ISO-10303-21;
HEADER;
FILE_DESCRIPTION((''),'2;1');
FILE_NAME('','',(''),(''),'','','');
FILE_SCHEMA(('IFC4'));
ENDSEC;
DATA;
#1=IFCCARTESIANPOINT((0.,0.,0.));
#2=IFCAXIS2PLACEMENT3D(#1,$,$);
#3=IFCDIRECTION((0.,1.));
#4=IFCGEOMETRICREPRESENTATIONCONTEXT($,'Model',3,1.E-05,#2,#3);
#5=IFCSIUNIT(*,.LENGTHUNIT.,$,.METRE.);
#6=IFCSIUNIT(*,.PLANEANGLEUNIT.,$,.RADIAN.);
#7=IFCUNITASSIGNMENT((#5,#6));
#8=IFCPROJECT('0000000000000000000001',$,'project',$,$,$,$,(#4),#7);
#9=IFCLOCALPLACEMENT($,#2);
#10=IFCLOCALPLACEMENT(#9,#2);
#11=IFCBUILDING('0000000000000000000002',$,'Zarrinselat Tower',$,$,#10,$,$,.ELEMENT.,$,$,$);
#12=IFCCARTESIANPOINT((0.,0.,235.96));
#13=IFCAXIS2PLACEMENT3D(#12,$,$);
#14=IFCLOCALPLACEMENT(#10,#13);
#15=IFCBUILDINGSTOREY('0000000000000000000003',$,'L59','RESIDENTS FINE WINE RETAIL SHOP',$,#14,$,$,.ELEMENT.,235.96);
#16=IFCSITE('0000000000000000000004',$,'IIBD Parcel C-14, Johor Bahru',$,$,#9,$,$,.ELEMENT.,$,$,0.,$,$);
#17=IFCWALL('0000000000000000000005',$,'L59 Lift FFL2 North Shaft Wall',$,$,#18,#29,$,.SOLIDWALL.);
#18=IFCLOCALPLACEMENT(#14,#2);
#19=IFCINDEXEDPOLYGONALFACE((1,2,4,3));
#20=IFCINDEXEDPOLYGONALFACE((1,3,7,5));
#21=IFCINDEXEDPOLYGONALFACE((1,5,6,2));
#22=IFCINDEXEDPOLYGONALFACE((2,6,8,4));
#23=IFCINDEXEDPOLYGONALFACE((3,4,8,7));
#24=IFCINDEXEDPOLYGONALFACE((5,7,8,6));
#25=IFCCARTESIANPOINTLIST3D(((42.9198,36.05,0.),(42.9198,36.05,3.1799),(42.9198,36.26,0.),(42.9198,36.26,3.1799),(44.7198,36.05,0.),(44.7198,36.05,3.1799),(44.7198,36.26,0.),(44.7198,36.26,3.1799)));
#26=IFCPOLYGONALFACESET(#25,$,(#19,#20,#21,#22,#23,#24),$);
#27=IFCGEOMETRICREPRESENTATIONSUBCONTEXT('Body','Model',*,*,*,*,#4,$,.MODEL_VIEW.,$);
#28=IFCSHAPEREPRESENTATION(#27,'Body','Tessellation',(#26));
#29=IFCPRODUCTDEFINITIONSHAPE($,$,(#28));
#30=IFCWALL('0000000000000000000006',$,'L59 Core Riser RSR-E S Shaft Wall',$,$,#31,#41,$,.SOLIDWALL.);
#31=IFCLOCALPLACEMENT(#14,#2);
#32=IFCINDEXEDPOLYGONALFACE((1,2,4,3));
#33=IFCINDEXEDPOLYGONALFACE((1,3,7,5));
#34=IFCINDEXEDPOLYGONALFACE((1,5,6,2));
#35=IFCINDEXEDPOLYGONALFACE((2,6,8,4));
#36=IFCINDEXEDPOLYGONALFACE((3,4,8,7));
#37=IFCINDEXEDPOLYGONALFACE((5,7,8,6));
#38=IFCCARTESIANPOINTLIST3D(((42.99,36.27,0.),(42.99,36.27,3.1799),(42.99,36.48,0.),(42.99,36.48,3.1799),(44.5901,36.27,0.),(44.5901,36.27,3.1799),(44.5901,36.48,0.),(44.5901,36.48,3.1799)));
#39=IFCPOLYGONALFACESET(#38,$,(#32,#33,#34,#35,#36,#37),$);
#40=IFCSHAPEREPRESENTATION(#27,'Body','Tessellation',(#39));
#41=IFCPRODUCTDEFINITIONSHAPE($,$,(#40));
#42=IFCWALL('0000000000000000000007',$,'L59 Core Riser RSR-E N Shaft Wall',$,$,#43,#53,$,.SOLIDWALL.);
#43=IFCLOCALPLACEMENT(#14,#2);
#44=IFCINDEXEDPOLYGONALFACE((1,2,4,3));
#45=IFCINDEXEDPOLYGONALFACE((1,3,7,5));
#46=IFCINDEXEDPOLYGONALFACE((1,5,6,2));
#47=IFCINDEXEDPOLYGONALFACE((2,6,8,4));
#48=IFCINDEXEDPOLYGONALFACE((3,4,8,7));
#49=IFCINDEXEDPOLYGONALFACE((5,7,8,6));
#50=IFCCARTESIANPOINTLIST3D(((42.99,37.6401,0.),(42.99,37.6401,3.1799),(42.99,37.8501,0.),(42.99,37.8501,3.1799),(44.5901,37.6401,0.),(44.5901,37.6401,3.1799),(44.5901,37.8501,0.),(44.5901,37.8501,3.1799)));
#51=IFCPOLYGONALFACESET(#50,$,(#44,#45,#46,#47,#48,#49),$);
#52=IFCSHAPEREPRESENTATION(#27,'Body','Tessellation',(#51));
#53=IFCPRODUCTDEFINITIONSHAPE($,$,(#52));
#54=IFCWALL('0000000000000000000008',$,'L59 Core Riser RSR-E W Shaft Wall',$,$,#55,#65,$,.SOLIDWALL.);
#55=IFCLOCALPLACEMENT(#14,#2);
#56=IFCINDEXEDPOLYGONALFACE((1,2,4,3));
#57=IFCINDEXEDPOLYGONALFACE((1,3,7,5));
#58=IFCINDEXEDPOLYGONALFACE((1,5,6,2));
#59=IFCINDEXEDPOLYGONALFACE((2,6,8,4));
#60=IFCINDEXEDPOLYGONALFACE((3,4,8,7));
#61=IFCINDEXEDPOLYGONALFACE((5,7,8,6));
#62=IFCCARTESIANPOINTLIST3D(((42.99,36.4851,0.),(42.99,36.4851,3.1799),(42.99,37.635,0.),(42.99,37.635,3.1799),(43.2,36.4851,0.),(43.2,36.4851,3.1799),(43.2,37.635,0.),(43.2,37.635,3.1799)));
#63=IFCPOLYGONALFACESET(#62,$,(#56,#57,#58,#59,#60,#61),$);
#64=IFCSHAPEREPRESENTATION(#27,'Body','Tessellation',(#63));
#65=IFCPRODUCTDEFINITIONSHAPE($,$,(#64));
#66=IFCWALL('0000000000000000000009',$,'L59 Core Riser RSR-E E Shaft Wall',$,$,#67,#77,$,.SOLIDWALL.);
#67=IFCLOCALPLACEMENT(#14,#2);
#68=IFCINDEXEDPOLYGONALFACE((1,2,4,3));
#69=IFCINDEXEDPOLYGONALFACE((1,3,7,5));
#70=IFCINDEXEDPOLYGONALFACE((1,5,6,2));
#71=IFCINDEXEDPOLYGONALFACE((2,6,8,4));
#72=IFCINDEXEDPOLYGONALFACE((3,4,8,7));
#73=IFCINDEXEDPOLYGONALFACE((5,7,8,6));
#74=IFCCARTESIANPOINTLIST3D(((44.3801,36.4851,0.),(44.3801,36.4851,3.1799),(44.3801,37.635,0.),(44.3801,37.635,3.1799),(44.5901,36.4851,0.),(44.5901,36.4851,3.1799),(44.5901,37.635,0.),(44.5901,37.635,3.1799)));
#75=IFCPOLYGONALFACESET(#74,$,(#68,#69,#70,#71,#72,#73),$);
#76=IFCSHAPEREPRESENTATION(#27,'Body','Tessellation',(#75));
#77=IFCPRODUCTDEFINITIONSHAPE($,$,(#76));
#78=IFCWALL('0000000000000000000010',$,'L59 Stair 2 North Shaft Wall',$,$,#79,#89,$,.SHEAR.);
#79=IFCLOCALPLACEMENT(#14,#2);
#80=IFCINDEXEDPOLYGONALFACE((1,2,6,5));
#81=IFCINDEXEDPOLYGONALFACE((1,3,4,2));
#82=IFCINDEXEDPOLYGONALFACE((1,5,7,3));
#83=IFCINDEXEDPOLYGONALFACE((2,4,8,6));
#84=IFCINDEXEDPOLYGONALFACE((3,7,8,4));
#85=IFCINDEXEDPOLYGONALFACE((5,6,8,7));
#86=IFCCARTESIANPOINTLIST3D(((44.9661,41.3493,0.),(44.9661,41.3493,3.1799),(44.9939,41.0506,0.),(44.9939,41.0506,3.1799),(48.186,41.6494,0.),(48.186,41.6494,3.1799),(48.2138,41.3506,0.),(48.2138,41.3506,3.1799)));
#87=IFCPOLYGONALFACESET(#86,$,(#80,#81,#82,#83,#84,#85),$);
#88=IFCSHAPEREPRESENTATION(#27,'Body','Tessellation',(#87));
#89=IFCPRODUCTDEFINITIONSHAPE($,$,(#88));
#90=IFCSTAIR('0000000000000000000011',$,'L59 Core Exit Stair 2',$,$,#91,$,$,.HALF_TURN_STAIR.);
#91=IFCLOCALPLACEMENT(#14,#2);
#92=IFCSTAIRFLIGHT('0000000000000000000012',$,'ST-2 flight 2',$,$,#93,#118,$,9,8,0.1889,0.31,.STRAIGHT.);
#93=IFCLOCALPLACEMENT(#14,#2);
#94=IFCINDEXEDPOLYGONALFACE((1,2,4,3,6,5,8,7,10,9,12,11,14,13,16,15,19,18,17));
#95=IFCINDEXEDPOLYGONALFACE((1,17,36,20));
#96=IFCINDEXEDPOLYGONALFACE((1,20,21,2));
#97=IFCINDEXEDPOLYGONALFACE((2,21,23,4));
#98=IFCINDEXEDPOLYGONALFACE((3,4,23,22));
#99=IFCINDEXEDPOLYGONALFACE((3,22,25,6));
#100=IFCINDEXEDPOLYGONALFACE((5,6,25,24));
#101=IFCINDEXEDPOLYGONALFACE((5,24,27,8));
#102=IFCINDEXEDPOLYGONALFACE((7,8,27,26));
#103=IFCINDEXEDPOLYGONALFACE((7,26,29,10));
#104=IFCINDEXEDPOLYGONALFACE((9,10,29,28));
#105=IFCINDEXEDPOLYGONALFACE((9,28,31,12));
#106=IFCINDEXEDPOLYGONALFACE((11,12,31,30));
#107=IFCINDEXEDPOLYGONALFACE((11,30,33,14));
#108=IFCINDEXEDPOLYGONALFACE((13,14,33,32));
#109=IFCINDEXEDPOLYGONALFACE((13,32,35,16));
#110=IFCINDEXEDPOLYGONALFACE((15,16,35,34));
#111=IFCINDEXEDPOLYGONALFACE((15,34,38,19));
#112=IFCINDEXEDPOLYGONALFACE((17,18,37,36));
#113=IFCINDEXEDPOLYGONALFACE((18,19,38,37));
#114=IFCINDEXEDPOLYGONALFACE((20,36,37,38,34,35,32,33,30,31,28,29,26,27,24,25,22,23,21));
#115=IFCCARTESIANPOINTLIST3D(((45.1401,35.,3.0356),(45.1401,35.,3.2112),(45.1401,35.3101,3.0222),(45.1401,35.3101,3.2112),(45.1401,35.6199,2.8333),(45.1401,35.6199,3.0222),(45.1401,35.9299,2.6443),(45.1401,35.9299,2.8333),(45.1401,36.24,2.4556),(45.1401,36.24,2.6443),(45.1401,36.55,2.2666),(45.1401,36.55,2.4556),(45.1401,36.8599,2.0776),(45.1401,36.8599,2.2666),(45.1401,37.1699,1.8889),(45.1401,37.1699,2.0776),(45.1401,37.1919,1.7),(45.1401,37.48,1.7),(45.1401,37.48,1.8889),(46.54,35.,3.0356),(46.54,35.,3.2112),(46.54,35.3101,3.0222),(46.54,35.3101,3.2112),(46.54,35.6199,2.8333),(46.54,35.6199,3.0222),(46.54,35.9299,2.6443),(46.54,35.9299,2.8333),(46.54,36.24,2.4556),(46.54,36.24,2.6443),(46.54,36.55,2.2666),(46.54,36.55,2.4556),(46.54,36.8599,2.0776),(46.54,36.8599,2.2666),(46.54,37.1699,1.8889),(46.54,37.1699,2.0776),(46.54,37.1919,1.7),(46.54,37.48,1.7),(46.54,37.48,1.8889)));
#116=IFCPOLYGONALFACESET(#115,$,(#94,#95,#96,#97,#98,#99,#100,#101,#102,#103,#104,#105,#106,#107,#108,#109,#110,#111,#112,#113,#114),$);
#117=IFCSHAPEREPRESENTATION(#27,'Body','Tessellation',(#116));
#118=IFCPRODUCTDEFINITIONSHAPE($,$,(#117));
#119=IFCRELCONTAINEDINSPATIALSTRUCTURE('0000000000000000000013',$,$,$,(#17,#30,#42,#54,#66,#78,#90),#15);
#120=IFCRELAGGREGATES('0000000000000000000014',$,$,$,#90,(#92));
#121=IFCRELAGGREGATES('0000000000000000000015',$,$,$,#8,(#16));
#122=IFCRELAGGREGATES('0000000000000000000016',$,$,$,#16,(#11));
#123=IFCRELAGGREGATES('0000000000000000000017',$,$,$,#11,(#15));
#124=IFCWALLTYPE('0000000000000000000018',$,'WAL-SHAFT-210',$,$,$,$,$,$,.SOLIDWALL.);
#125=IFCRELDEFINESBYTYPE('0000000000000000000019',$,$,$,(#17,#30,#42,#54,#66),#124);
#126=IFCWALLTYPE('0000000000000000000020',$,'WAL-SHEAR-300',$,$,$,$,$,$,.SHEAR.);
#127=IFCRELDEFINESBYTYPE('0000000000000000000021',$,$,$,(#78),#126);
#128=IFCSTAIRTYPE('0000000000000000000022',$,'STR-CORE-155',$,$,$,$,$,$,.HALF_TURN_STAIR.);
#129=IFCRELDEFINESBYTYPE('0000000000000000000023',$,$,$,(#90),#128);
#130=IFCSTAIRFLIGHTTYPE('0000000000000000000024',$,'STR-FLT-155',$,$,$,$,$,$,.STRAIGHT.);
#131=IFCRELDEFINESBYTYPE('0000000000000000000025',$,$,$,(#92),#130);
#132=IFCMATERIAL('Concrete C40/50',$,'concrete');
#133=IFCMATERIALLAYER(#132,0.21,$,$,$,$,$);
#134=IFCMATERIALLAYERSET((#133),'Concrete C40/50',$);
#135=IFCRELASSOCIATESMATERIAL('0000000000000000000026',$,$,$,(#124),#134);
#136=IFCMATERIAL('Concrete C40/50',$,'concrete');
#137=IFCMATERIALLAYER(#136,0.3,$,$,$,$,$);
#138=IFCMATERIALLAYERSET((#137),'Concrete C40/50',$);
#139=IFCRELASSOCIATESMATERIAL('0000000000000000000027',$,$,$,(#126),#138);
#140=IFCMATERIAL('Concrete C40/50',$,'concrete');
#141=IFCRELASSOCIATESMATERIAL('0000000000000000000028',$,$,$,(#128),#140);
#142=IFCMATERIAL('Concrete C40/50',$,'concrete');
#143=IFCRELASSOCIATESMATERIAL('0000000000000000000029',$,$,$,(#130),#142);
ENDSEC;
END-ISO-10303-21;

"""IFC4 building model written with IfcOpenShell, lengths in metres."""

from ifc_helpers import new_model, si_unit, direction, frame, frame_2d, origin, place, context, subcontext, project, spatial, polyline, rectangle, outline, extrude, material, layer, layer_set, type_object, element, aggregate, save


model = new_model("IFC4")

# Units and contexts
model_context = context("Model", 3, precision=1e-05, world=origin(), true_north=direction((0.0, 1.0)))
body_context = subcontext(model_context, "Body", "Model", "MODEL_VIEW")
ifc_project = project(units=[si_unit("LENGTHUNIT", "METRE"), si_unit("PLANEANGLEUNIT", "RADIAN")], contexts=[model_context])

# Site, building, storey
site_placement = place(None, origin())
site = spatial("IfcSite", under=ifc_project, at=site_placement, Name="IIBD Parcel C-14, Johor Bahru", CompositionType="ELEMENT", RefElevation=0.0)
building_placement = place(site_placement, origin())
building = spatial("IfcBuilding", under=site, at=building_placement, Name="Zarrinselat Tower", CompositionType="ELEMENT")
storey_placement = place(building_placement, frame((0.0, 0.0, 235.96)))
storey = spatial("IfcBuildingStorey", under=building, at=storey_placement, Name="L59", Description="RESIDENTS FINE WINE RETAIL SHOP", CompositionType="ELEMENT", Elevation=235.96)

# Walls
ifc_material_1 = material(Name="Concrete C40/50", Category="concrete")
ifc_layer_1 = layer(ifc_material_1, 0.21)
ifc_layer_set_1 = layer_set([ifc_layer_1], Name="Concrete C40/50")
wall_type_1 = type_object("IfcWallType", Name="WAL-SHAFT-210", PredefinedType="SOLIDWALL", material=ifc_layer_set_1)
wall_1_placement = place(storey_placement, frame((42.9199, 36.155, 0.0), z_axis=(0.0, 0.0, 1.0), x_axis=(1.0, 0.0, 0.0)))
element("IfcWall", 1, at=wall_1_placement, inside=storey, type_object=wall_type_1, Name="L59 Lift FFL2 North Shaft Wall", PredefinedType="SOLIDWALL", context=body_context, shape_type="SweptSolid", body=[
    extrude(rectangle(XDim=1.8, YDim=0.21, at=frame_2d((0.8999, 0.0))), origin(), (0.0, 0.0, 1.0), 3.1799),
])
for number, where, z_axis, x_axis, name in (
    (2, (42.99, 36.375, 0.0), (0.0, 0.0, 1.0), (1.0, 0.0, 0.0), "L59 Core Riser RSR-E S Shaft Wall"),
    (3, (42.99, 37.7451, 0.0), (0.0, 0.0, 1.0), (1.0, 0.0, 0.0), "L59 Core Riser RSR-E N Shaft Wall"),
):
    element("IfcWall", number, at=place(storey_placement, frame(where, z_axis=z_axis, x_axis=x_axis)), inside=storey, type_object=wall_type_1, Name=name, PredefinedType="SOLIDWALL", context=body_context, shape_type="SweptSolid", body=[
        extrude(rectangle(XDim=1.6001, YDim=0.21, at=frame_2d((0.8, 0.0))), origin(), (0.0, 0.0, 1.0), 3.1799),
    ])
for number, where, z_axis, x_axis, name in (
    (4, (43.095, 36.4851, 0.0), (0.0, 0.0, 1.0), (0.0, 1.0, 0.0), "L59 Core Riser RSR-E W Shaft Wall"),
    (5, (44.4851, 36.4851, 0.0), (0.0, 0.0, 1.0), (0.0, 1.0, 0.0), "L59 Core Riser RSR-E E Shaft Wall"),
):
    element("IfcWall", number, at=place(storey_placement, frame(where, z_axis=z_axis, x_axis=x_axis)), inside=storey, type_object=wall_type_1, Name=name, PredefinedType="SOLIDWALL", context=body_context, shape_type="SweptSolid", body=[
        extrude(rectangle(XDim=1.1499, YDim=0.21, at=frame_2d((0.575, 0.0))), origin(), (0.0, 0.0, 1.0), 3.1799),
    ])
ifc_material_2 = material(Name="Concrete C40/50", Category="concrete")
ifc_layer_2 = layer(ifc_material_2, 0.3)
ifc_layer_set_2 = layer_set([ifc_layer_2], Name="Concrete C40/50")
wall_type_2 = type_object("IfcWallType", Name="WAL-SHEAR-300", PredefinedType="SHEAR", material=ifc_layer_set_2)
wall_2_placement = place(storey_placement, frame((44.98, 41.2, 0.0), z_axis=(0.0, 0.0, 1.0), x_axis=(0.995686, 0.092782, 0.0)))
element("IfcWall", 6, at=wall_2_placement, inside=storey, type_object=wall_type_2, Name="L59 Stair 2 North Shaft Wall", PredefinedType="SHEAR", context=body_context, shape_type="SweptSolid", body=[
    extrude(rectangle(XDim=3.2339, YDim=0.3, at=frame_2d((1.6169, 0.0))), origin(), (0.0, 0.0, 1.0), 3.1799),
])

# Stair, stair flight
ifc_material_3 = material(Name="Concrete C40/50", Category="concrete")
stair_type = type_object("IfcStairType", Name="STR-CORE-155", PredefinedType="HALF_TURN_STAIR", material=ifc_material_3)
stair_placement = place(storey_placement, origin())
stair = element("IfcStair", 7, at=stair_placement, inside=storey, type_object=stair_type, Name="L59 Core Exit Stair 2", PredefinedType="HALF_TURN_STAIR")
ifc_material_4 = material(Name="Concrete C40/50", Category="concrete")
stair_flight_type = type_object("IfcStairFlightType", Name="STR-FLT-155", PredefinedType="STRAIGHT", material=ifc_material_4)
stair_flight_placement = place(storey_placement, frame((45.8401, 37.48, 1.7), z_axis=(0.0, 0.0, 1.0), x_axis=(0.0, -1.0, 0.0)))
stair_flight = element("IfcStairFlight", 8, at=stair_flight_placement, type_object=stair_flight_type, Name="ST-2 flight 2", NumberOfRisers=9, NumberOfTreads=8, PredefinedType="STRAIGHT", RiserHeight=0.1889, TreadLength=0.31, context=body_context, shape_type="SweptSolid", body=[
    extrude(outline(polyline([(0.0, 0.0), (0.0, 0.189), (0.3101, 0.189), (0.3101, 0.3777), (0.6201, 0.3777), (0.6201, 0.5667), (0.9299, 0.5667), (0.9299, 0.7556), (1.24, 0.7556), (1.24, 0.9443), (1.55, 0.9443), (1.55, 1.1333), (1.8601, 1.1333), (1.8601, 1.3223), (2.1699, 1.3223), (2.1699, 1.5112), (2.48, 1.5112), (2.48, 1.7), (2.48, 1.3357), (0.2881, 0.0), (0.0, 0.0)])), frame((0.0, 0.7, 0.0), z_axis=(0.0, -1.0, 0.0), x_axis=(1.0, 0.0, 0.0)), (0.0, 0.0, 1.0), 1.3999),
])
aggregate(stair, [stair_flight])

save(model, "model.ifc")
